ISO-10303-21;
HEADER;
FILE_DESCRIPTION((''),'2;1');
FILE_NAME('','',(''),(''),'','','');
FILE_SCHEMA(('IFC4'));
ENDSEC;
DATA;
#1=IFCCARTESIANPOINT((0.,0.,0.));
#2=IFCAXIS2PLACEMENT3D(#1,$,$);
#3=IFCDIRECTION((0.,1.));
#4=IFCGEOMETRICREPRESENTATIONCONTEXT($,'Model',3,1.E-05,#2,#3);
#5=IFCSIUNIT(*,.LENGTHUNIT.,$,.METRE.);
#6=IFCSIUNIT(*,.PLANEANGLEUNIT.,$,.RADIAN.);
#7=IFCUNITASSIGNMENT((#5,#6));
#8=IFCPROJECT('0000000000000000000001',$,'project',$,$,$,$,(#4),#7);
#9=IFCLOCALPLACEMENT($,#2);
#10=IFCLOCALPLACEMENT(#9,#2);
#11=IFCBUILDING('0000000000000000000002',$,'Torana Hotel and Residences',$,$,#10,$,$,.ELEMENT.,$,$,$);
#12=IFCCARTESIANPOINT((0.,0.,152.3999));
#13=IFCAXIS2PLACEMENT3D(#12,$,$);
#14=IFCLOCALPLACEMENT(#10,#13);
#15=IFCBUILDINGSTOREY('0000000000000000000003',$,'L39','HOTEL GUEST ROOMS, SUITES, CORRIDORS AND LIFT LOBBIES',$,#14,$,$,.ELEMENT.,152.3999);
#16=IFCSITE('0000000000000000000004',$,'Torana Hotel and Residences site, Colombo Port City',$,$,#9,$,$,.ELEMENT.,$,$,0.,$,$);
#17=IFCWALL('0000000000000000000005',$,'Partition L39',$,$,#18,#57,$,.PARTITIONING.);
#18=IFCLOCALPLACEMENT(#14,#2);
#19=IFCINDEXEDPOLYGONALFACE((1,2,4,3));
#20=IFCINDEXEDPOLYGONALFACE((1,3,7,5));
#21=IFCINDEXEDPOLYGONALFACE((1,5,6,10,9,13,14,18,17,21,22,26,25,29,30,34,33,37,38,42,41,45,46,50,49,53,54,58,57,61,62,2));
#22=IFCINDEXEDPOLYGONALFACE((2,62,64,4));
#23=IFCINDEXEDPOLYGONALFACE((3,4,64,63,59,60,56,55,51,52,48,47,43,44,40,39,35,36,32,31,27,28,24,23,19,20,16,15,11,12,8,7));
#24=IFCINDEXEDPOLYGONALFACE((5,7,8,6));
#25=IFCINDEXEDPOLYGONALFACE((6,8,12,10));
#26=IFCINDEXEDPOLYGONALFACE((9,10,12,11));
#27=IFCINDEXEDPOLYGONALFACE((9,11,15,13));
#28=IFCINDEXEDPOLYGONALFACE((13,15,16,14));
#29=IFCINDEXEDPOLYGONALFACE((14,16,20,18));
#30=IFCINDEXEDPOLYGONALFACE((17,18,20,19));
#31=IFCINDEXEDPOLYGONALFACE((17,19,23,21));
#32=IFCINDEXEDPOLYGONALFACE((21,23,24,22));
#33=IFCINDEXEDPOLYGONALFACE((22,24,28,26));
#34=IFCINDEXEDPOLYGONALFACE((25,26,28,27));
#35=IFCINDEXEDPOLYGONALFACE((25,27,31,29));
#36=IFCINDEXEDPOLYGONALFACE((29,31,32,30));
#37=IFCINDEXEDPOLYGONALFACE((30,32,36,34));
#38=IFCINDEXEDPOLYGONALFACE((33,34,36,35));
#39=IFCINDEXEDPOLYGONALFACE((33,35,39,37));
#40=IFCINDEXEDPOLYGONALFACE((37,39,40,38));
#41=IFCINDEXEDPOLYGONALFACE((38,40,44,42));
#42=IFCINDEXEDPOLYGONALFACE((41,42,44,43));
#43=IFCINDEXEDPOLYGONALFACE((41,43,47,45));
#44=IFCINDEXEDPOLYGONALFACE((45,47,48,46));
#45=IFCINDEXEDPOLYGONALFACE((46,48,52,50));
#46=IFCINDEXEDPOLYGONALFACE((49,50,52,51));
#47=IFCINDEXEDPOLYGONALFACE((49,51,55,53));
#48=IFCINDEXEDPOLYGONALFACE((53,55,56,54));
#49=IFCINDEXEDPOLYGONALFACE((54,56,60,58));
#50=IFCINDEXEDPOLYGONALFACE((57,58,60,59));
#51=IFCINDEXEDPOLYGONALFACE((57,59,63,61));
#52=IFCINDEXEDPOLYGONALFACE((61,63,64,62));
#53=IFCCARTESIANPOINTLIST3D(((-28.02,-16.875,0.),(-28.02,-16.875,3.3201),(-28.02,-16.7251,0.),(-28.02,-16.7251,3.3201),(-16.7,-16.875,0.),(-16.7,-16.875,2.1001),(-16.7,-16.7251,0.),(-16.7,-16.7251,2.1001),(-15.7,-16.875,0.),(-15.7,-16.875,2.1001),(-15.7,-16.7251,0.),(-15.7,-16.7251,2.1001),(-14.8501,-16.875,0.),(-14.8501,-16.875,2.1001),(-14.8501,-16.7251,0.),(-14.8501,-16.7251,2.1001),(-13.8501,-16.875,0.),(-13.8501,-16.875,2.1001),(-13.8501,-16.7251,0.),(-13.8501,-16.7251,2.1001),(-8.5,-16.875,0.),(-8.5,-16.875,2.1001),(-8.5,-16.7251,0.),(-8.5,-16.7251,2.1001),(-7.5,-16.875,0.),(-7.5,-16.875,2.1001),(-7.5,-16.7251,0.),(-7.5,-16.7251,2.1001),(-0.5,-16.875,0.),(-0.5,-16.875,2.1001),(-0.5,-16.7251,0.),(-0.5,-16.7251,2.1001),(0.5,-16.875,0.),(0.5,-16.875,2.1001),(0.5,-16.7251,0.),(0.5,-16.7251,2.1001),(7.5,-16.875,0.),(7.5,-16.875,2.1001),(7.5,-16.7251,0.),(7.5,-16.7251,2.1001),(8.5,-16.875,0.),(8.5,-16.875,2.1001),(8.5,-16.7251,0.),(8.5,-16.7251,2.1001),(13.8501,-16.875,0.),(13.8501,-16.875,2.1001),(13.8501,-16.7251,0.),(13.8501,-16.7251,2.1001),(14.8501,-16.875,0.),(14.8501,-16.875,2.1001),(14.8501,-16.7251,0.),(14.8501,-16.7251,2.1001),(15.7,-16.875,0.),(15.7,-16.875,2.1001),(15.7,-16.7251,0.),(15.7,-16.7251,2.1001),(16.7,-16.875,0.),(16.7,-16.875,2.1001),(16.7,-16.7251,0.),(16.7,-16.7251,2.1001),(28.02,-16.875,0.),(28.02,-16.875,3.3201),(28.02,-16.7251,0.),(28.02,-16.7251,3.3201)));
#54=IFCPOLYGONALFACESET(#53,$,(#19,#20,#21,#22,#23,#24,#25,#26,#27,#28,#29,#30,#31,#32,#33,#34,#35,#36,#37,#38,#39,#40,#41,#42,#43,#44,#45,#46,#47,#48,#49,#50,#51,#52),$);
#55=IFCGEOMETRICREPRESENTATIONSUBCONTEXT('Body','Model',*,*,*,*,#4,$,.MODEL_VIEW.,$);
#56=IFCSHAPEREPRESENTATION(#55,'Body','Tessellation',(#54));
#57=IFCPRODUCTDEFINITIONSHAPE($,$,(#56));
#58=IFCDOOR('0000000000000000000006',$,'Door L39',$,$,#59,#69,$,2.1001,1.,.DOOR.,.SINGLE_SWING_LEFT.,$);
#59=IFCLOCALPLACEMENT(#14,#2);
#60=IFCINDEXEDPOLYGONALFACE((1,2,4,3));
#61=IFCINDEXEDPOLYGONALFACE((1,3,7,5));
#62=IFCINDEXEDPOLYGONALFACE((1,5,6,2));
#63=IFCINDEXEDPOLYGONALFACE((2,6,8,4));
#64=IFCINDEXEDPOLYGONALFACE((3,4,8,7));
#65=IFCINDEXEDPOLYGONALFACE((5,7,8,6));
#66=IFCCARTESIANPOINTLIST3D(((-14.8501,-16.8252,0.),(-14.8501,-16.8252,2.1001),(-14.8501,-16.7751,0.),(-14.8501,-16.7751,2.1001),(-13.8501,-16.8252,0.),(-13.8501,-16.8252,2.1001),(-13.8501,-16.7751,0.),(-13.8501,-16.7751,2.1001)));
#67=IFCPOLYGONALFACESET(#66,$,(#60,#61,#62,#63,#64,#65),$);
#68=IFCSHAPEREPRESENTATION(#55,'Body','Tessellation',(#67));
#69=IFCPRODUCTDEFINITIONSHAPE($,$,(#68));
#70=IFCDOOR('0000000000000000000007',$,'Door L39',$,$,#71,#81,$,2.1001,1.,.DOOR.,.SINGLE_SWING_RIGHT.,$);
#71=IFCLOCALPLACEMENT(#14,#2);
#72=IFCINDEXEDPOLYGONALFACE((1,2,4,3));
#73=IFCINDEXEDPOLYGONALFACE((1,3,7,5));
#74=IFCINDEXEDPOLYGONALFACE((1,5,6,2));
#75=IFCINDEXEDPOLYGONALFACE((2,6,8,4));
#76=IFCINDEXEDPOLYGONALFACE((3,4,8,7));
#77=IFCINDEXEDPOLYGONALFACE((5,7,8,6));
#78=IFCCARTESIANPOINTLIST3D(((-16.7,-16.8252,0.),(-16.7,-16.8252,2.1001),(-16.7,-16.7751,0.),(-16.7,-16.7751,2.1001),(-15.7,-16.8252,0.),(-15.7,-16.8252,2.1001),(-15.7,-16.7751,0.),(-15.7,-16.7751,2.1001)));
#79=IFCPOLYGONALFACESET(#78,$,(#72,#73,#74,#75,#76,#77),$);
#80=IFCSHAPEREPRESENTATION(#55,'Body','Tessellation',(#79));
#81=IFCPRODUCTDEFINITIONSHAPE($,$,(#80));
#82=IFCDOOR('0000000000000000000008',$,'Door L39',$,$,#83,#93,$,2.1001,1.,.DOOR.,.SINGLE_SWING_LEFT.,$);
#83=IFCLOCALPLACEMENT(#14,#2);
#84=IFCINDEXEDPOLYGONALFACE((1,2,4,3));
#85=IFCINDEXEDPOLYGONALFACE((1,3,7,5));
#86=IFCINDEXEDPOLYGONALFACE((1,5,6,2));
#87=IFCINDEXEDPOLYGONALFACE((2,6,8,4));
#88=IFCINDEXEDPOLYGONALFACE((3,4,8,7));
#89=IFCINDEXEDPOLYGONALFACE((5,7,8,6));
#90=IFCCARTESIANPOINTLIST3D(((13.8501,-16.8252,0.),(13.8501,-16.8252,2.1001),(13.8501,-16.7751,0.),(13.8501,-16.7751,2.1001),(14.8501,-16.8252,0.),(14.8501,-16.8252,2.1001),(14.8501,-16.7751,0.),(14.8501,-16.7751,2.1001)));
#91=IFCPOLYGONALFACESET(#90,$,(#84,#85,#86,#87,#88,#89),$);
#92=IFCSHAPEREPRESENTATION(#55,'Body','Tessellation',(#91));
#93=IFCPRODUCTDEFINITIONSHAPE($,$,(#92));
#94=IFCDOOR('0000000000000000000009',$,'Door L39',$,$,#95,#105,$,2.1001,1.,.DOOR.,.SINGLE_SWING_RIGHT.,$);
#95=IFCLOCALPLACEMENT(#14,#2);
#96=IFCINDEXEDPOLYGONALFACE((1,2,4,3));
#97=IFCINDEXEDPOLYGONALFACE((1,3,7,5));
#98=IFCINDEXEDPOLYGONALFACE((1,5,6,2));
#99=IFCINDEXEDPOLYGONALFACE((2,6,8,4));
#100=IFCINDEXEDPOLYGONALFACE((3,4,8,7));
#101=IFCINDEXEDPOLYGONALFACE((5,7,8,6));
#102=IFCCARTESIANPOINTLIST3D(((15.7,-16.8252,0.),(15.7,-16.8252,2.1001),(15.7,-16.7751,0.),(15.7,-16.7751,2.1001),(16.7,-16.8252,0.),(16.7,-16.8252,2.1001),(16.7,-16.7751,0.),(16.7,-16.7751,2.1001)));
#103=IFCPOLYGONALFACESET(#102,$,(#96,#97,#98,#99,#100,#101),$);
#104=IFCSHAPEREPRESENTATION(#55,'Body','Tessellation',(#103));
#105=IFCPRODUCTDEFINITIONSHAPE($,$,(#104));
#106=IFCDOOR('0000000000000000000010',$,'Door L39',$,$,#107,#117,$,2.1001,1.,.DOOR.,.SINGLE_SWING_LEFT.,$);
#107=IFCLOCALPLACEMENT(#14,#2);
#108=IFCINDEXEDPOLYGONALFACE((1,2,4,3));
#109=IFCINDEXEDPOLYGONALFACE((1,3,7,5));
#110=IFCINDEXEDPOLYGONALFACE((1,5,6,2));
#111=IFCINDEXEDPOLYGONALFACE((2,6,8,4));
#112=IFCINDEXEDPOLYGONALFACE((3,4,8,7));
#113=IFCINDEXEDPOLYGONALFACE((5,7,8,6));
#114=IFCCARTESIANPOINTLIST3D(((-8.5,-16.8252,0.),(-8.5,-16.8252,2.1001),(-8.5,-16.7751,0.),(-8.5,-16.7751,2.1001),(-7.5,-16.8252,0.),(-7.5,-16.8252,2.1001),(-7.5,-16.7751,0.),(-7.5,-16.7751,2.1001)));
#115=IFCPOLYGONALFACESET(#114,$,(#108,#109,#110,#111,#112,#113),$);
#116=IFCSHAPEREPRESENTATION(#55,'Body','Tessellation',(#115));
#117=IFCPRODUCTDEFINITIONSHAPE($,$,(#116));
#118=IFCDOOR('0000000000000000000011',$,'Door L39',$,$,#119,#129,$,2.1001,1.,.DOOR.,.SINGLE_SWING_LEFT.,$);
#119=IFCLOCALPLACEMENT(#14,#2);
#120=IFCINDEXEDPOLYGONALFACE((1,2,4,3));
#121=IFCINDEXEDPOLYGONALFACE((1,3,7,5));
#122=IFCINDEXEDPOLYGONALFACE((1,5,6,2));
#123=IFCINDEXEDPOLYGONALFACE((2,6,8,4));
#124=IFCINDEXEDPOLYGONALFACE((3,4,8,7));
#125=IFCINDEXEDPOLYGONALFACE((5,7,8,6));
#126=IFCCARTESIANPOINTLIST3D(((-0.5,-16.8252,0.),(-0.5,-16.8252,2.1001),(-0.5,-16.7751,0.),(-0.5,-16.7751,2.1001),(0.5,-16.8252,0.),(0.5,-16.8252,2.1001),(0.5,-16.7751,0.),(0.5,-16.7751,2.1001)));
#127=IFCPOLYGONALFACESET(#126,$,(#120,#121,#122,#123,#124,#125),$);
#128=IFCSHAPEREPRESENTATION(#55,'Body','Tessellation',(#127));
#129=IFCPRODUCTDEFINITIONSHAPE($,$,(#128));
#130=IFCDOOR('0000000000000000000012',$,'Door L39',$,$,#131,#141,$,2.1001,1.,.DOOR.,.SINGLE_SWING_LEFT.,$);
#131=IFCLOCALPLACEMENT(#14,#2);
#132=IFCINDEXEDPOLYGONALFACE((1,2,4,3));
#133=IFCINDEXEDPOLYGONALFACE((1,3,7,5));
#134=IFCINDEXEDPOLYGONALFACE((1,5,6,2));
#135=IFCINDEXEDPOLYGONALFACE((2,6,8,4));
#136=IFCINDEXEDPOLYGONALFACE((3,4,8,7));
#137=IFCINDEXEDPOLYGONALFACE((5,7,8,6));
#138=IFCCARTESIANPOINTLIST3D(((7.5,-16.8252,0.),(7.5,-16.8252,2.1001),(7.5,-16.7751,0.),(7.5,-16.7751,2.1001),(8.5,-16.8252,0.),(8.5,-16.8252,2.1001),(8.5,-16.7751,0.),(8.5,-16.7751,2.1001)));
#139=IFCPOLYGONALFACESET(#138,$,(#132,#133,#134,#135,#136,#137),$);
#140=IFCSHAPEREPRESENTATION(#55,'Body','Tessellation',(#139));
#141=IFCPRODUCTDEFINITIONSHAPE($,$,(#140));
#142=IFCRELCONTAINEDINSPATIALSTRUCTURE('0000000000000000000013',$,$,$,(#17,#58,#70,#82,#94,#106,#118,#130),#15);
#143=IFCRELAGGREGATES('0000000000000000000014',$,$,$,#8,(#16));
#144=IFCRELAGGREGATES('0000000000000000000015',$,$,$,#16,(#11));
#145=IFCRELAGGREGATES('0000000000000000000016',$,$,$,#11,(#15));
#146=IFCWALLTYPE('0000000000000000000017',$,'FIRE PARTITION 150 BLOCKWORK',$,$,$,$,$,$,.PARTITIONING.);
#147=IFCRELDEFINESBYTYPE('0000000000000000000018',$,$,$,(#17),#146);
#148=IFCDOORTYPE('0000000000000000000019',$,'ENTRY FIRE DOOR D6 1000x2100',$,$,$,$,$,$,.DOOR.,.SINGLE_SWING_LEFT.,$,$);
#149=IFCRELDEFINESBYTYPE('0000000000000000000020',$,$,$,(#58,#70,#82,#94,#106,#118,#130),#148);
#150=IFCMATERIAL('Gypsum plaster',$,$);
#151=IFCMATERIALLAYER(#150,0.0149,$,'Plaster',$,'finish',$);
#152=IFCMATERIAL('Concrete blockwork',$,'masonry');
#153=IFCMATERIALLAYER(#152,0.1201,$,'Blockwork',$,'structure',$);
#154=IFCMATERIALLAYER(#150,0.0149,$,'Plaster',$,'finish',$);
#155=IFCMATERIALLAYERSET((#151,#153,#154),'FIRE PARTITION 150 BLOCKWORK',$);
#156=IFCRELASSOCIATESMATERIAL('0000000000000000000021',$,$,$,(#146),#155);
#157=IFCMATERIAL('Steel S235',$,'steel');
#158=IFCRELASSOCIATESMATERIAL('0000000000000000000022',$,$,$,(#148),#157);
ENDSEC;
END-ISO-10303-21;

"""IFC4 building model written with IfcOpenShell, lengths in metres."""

from ifc_helpers import new_model, si_unit, direction, frame, frame_2d, origin, place, context, subcontext, project, spatial, rectangle, extrude, material, layer, layer_set, type_object, element, fill, save


model = new_model("IFC4")

# Units and contexts
model_context = context("Model", 3, precision=1e-05, world=origin(), true_north=direction((0.0, 1.0)))
body_context = subcontext(model_context, "Body", "Model", "MODEL_VIEW")
ifc_project = project(units=[si_unit("LENGTHUNIT", "METRE"), si_unit("PLANEANGLEUNIT", "RADIAN")], contexts=[model_context])

# Site, building, storey
site_placement = place(None, origin())
site = spatial("IfcSite", under=ifc_project, at=site_placement, Name="Torana Hotel and Residences site, Colombo Port City", CompositionType="ELEMENT", RefElevation=0.0)
building_placement = place(site_placement, origin())
building = spatial("IfcBuilding", under=site, at=building_placement, Name="Torana Hotel and Residences", CompositionType="ELEMENT")
storey_placement = place(building_placement, frame((0.0, 0.0, 152.3999)))
storey = spatial("IfcBuildingStorey", under=building, at=storey_placement, Name="L39", Description="HOTEL GUEST ROOMS, SUITES, CORRIDORS AND LIFT LOBBIES", CompositionType="ELEMENT", Elevation=152.3999)

# Wall, openings, doors
ifc_material_1 = material(Name="Gypsum plaster")
ifc_layer_1 = layer(ifc_material_1, 0.0149, Name="Plaster", Category="finish")
ifc_material_2 = material(Name="Concrete blockwork", Category="masonry")
ifc_layer_2 = layer(ifc_material_2, 0.1201, Name="Blockwork", Category="structure")
ifc_layer_3 = layer(ifc_material_1, 0.0149, Name="Plaster", Category="finish")
ifc_layer_set_1 = layer_set([ifc_layer_1, ifc_layer_2, ifc_layer_3], Name="FIRE PARTITION 150 BLOCKWORK")
wall_type_1 = type_object("IfcWallType", Name="FIRE PARTITION 150 BLOCKWORK", PredefinedType="PARTITIONING", material=ifc_layer_set_1)
wall_1_placement = place(storey_placement, frame((-28.02, -16.8, 0.0), z_axis=(0.0, 0.0, 1.0), x_axis=(1.0, 0.0, 0.0)))
wall_1 = element("IfcWall", 1, at=wall_1_placement, inside=storey, type_object=wall_type_1, Name="Partition L39", PredefinedType="PARTITIONING", context=body_context, shape_type="SweptSolid", body=[
    extrude(rectangle(XDim=56.04, YDim=0.1499, at=frame_2d((28.02, 0.0))), origin(), (0.0, 0.0, 1.0), 3.3201),
])
opening_1_placement = place(wall_1_placement, frame((13.1699, 0.0, 0.0)))
opening_1 = element("IfcOpeningElement", 2, at=opening_1_placement, cuts=wall_1, PredefinedType="OPENING", context=body_context, shape_type="SweptSolid", body=[
    extrude(rectangle(XDim=1.0, YDim=2.1001, at=frame_2d((0.5, 1.05))), frame((0.0, 0.085, 0.0), z_axis=(0.0, -1.0, 0.0), x_axis=(1.0, 0.0, 0.0)), (0.0, 0.0, 1.0), 0.1699),
])
opening_2_placement = place(wall_1_placement, frame((11.3201, 0.0, 0.0)))
opening_2 = element("IfcOpeningElement", 3, at=opening_2_placement, cuts=wall_1, PredefinedType="OPENING", context=body_context, shape_type="SweptSolid", body=[
    extrude(rectangle(XDim=1.0, YDim=2.1001, at=frame_2d((0.5, 1.05))), frame((0.0, 0.085, 0.0), z_axis=(0.0, -1.0, 0.0), x_axis=(1.0, 0.0, 0.0)), (0.0, 0.0, 1.0), 0.1699),
])
opening_3_placement = place(wall_1_placement, frame((41.8701, 0.0, 0.0)))
opening_3 = element("IfcOpeningElement", 4, at=opening_3_placement, cuts=wall_1, PredefinedType="OPENING", context=body_context, shape_type="SweptSolid", body=[
    extrude(rectangle(XDim=1.0, YDim=2.1001, at=frame_2d((0.5, 1.05))), frame((0.0, 0.085, 0.0), z_axis=(0.0, -1.0, 0.0), x_axis=(1.0, 0.0, 0.0)), (0.0, 0.0, 1.0), 0.1699),
])
opening_4_placement = place(wall_1_placement, frame((43.72, 0.0, 0.0)))
opening_4 = element("IfcOpeningElement", 5, at=opening_4_placement, cuts=wall_1, PredefinedType="OPENING", context=body_context, shape_type="SweptSolid", body=[
    extrude(rectangle(XDim=1.0, YDim=2.1001, at=frame_2d((0.5, 1.05))), frame((0.0, 0.085, 0.0), z_axis=(0.0, -1.0, 0.0), x_axis=(1.0, 0.0, 0.0)), (0.0, 0.0, 1.0), 0.1699),
])
opening_5_placement = place(wall_1_placement, frame((19.52, 0.0, 0.0)))
opening_5 = element("IfcOpeningElement", 6, at=opening_5_placement, cuts=wall_1, PredefinedType="OPENING", context=body_context, shape_type="SweptSolid", body=[
    extrude(rectangle(XDim=1.0, YDim=2.1001, at=frame_2d((0.5, 1.05))), frame((0.0, 0.085, 0.0), z_axis=(0.0, -1.0, 0.0), x_axis=(1.0, 0.0, 0.0)), (0.0, 0.0, 1.0), 0.1699),
])
opening_6_placement = place(wall_1_placement, frame((27.52, 0.0, 0.0)))
opening_6 = element("IfcOpeningElement", 7, at=opening_6_placement, cuts=wall_1, PredefinedType="OPENING", context=body_context, shape_type="SweptSolid", body=[
    extrude(rectangle(XDim=1.0, YDim=2.1001, at=frame_2d((0.5, 1.05))), frame((0.0, 0.085, 0.0), z_axis=(0.0, -1.0, 0.0), x_axis=(1.0, 0.0, 0.0)), (0.0, 0.0, 1.0), 0.1699),
])
opening_7_placement = place(wall_1_placement, frame((35.52, 0.0, 0.0)))
opening_7 = element("IfcOpeningElement", 8, at=opening_7_placement, cuts=wall_1, PredefinedType="OPENING", context=body_context, shape_type="SweptSolid", body=[
    extrude(rectangle(XDim=1.0, YDim=2.1001, at=frame_2d((0.5, 1.05))), frame((0.0, 0.085, 0.0), z_axis=(0.0, -1.0, 0.0), x_axis=(1.0, 0.0, 0.0)), (0.0, 0.0, 1.0), 0.1699),
])
ifc_material_3 = material(Name="Steel S235", Category="steel")
door_type_1 = type_object("IfcDoorType", Name="ENTRY FIRE DOOR D6 1000x2100", OperationType="SINGLE_SWING_LEFT", PredefinedType="DOOR", material=ifc_material_3)
door_1_placement = place(opening_1_placement, frame((0.5, 0.0, 0.0), z_axis=(0.0, 0.0, 1.0), x_axis=(-1.0, 0.0, 0.0)))
door_1 = element("IfcDoor", 9, at=door_1_placement, inside=storey, type_object=door_type_1, Name="Door L39", OperationType="SINGLE_SWING_LEFT", OverallHeight=2.1001, OverallWidth=1.0, PredefinedType="DOOR", context=body_context, shape_type="SweptSolid", body=[
    extrude(rectangle(XDim=1.0, YDim=2.1001, at=frame_2d((0.0, 1.05))), frame((0.0, -0.0249, 0.0), z_axis=(0.0, 1.0, 0.0), x_axis=(-1.0, 0.0, 0.0)), (0.0, 0.0, 1.0), 0.05),
])
fill(opening_1, door_1)
door_2_placement = place(opening_2_placement, origin())
door_2 = element("IfcDoor", 10, at=door_2_placement, inside=storey, type_object=door_type_1, Name="Door L39", OperationType="SINGLE_SWING_RIGHT", OverallHeight=2.1001, OverallWidth=1.0, PredefinedType="DOOR", context=body_context, shape_type="SweptSolid", body=[
    extrude(rectangle(XDim=1.0, YDim=2.1001, at=frame_2d((0.5, 1.05))), frame((0.0, 0.0249, 0.0), z_axis=(0.0, -1.0, 0.0), x_axis=(1.0, 0.0, 0.0)), (0.0, 0.0, 1.0), 0.05),
])
fill(opening_2, door_2)
door_3_placement = place(opening_3_placement, frame((0.5, 0.0, 0.0), z_axis=(0.0, 0.0, 1.0), x_axis=(-1.0, 0.0, 0.0)))
door_3 = element("IfcDoor", 11, at=door_3_placement, inside=storey, type_object=door_type_1, Name="Door L39", OperationType="SINGLE_SWING_LEFT", OverallHeight=2.1001, OverallWidth=1.0, PredefinedType="DOOR", context=body_context, shape_type="SweptSolid", body=[
    extrude(rectangle(XDim=1.0, YDim=2.1001, at=frame_2d((0.0, 1.05))), frame((0.0, -0.0249, 0.0), z_axis=(0.0, 1.0, 0.0), x_axis=(-1.0, 0.0, 0.0)), (0.0, 0.0, 1.0), 0.05),
])
fill(opening_3, door_3)
door_4_placement = place(opening_4_placement, origin())
door_4 = element("IfcDoor", 12, at=door_4_placement, inside=storey, type_object=door_type_1, Name="Door L39", OperationType="SINGLE_SWING_RIGHT", OverallHeight=2.1001, OverallWidth=1.0, PredefinedType="DOOR", context=body_context, shape_type="SweptSolid", body=[
    extrude(rectangle(XDim=1.0, YDim=2.1001, at=frame_2d((0.5, 1.05))), frame((0.0, 0.0249, 0.0), z_axis=(0.0, -1.0, 0.0), x_axis=(1.0, 0.0, 0.0)), (0.0, 0.0, 1.0), 0.05),
])
fill(opening_4, door_4)
door_5_placement = place(opening_5_placement, frame((0.5, 0.0, 0.0), z_axis=(0.0, 0.0, 1.0), x_axis=(-1.0, 0.0, 0.0)))
door_5 = element("IfcDoor", 13, at=door_5_placement, inside=storey, type_object=door_type_1, Name="Door L39", OperationType="SINGLE_SWING_LEFT", OverallHeight=2.1001, OverallWidth=1.0, PredefinedType="DOOR", context=body_context, shape_type="SweptSolid", body=[
    extrude(rectangle(XDim=1.0, YDim=2.1001, at=frame_2d((0.0, 1.05))), frame((0.0, -0.0249, 0.0), z_axis=(0.0, 1.0, 0.0), x_axis=(-1.0, 0.0, 0.0)), (0.0, 0.0, 1.0), 0.05),
])
fill(opening_5, door_5)
door_6_placement = place(opening_6_placement, frame((0.5, 0.0, 0.0), z_axis=(0.0, 0.0, 1.0), x_axis=(-1.0, 0.0, 0.0)))
door_6 = element("IfcDoor", 14, at=door_6_placement, inside=storey, type_object=door_type_1, Name="Door L39", OperationType="SINGLE_SWING_LEFT", OverallHeight=2.1001, OverallWidth=1.0, PredefinedType="DOOR", context=body_context, shape_type="SweptSolid", body=[
    extrude(rectangle(XDim=1.0, YDim=2.1001, at=frame_2d((0.0, 1.05))), frame((0.0, -0.0249, 0.0), z_axis=(0.0, 1.0, 0.0), x_axis=(-1.0, 0.0, 0.0)), (0.0, 0.0, 1.0), 0.05),
])
fill(opening_6, door_6)
door_7_placement = place(opening_7_placement, frame((0.5, 0.0, 0.0), z_axis=(0.0, 0.0, 1.0), x_axis=(-1.0, 0.0, 0.0)))
door_7 = element("IfcDoor", 15, at=door_7_placement, inside=storey, type_object=door_type_1, Name="Door L39", OperationType="SINGLE_SWING_LEFT", OverallHeight=2.1001, OverallWidth=1.0, PredefinedType="DOOR", context=body_context, shape_type="SweptSolid", body=[
    extrude(rectangle(XDim=1.0, YDim=2.1001, at=frame_2d((0.0, 1.05))), frame((0.0, -0.0249, 0.0), z_axis=(0.0, 1.0, 0.0), x_axis=(-1.0, 0.0, 0.0)), (0.0, 0.0, 1.0), 0.05),
])
fill(opening_7, door_7)

save(model, "model.ifc")
